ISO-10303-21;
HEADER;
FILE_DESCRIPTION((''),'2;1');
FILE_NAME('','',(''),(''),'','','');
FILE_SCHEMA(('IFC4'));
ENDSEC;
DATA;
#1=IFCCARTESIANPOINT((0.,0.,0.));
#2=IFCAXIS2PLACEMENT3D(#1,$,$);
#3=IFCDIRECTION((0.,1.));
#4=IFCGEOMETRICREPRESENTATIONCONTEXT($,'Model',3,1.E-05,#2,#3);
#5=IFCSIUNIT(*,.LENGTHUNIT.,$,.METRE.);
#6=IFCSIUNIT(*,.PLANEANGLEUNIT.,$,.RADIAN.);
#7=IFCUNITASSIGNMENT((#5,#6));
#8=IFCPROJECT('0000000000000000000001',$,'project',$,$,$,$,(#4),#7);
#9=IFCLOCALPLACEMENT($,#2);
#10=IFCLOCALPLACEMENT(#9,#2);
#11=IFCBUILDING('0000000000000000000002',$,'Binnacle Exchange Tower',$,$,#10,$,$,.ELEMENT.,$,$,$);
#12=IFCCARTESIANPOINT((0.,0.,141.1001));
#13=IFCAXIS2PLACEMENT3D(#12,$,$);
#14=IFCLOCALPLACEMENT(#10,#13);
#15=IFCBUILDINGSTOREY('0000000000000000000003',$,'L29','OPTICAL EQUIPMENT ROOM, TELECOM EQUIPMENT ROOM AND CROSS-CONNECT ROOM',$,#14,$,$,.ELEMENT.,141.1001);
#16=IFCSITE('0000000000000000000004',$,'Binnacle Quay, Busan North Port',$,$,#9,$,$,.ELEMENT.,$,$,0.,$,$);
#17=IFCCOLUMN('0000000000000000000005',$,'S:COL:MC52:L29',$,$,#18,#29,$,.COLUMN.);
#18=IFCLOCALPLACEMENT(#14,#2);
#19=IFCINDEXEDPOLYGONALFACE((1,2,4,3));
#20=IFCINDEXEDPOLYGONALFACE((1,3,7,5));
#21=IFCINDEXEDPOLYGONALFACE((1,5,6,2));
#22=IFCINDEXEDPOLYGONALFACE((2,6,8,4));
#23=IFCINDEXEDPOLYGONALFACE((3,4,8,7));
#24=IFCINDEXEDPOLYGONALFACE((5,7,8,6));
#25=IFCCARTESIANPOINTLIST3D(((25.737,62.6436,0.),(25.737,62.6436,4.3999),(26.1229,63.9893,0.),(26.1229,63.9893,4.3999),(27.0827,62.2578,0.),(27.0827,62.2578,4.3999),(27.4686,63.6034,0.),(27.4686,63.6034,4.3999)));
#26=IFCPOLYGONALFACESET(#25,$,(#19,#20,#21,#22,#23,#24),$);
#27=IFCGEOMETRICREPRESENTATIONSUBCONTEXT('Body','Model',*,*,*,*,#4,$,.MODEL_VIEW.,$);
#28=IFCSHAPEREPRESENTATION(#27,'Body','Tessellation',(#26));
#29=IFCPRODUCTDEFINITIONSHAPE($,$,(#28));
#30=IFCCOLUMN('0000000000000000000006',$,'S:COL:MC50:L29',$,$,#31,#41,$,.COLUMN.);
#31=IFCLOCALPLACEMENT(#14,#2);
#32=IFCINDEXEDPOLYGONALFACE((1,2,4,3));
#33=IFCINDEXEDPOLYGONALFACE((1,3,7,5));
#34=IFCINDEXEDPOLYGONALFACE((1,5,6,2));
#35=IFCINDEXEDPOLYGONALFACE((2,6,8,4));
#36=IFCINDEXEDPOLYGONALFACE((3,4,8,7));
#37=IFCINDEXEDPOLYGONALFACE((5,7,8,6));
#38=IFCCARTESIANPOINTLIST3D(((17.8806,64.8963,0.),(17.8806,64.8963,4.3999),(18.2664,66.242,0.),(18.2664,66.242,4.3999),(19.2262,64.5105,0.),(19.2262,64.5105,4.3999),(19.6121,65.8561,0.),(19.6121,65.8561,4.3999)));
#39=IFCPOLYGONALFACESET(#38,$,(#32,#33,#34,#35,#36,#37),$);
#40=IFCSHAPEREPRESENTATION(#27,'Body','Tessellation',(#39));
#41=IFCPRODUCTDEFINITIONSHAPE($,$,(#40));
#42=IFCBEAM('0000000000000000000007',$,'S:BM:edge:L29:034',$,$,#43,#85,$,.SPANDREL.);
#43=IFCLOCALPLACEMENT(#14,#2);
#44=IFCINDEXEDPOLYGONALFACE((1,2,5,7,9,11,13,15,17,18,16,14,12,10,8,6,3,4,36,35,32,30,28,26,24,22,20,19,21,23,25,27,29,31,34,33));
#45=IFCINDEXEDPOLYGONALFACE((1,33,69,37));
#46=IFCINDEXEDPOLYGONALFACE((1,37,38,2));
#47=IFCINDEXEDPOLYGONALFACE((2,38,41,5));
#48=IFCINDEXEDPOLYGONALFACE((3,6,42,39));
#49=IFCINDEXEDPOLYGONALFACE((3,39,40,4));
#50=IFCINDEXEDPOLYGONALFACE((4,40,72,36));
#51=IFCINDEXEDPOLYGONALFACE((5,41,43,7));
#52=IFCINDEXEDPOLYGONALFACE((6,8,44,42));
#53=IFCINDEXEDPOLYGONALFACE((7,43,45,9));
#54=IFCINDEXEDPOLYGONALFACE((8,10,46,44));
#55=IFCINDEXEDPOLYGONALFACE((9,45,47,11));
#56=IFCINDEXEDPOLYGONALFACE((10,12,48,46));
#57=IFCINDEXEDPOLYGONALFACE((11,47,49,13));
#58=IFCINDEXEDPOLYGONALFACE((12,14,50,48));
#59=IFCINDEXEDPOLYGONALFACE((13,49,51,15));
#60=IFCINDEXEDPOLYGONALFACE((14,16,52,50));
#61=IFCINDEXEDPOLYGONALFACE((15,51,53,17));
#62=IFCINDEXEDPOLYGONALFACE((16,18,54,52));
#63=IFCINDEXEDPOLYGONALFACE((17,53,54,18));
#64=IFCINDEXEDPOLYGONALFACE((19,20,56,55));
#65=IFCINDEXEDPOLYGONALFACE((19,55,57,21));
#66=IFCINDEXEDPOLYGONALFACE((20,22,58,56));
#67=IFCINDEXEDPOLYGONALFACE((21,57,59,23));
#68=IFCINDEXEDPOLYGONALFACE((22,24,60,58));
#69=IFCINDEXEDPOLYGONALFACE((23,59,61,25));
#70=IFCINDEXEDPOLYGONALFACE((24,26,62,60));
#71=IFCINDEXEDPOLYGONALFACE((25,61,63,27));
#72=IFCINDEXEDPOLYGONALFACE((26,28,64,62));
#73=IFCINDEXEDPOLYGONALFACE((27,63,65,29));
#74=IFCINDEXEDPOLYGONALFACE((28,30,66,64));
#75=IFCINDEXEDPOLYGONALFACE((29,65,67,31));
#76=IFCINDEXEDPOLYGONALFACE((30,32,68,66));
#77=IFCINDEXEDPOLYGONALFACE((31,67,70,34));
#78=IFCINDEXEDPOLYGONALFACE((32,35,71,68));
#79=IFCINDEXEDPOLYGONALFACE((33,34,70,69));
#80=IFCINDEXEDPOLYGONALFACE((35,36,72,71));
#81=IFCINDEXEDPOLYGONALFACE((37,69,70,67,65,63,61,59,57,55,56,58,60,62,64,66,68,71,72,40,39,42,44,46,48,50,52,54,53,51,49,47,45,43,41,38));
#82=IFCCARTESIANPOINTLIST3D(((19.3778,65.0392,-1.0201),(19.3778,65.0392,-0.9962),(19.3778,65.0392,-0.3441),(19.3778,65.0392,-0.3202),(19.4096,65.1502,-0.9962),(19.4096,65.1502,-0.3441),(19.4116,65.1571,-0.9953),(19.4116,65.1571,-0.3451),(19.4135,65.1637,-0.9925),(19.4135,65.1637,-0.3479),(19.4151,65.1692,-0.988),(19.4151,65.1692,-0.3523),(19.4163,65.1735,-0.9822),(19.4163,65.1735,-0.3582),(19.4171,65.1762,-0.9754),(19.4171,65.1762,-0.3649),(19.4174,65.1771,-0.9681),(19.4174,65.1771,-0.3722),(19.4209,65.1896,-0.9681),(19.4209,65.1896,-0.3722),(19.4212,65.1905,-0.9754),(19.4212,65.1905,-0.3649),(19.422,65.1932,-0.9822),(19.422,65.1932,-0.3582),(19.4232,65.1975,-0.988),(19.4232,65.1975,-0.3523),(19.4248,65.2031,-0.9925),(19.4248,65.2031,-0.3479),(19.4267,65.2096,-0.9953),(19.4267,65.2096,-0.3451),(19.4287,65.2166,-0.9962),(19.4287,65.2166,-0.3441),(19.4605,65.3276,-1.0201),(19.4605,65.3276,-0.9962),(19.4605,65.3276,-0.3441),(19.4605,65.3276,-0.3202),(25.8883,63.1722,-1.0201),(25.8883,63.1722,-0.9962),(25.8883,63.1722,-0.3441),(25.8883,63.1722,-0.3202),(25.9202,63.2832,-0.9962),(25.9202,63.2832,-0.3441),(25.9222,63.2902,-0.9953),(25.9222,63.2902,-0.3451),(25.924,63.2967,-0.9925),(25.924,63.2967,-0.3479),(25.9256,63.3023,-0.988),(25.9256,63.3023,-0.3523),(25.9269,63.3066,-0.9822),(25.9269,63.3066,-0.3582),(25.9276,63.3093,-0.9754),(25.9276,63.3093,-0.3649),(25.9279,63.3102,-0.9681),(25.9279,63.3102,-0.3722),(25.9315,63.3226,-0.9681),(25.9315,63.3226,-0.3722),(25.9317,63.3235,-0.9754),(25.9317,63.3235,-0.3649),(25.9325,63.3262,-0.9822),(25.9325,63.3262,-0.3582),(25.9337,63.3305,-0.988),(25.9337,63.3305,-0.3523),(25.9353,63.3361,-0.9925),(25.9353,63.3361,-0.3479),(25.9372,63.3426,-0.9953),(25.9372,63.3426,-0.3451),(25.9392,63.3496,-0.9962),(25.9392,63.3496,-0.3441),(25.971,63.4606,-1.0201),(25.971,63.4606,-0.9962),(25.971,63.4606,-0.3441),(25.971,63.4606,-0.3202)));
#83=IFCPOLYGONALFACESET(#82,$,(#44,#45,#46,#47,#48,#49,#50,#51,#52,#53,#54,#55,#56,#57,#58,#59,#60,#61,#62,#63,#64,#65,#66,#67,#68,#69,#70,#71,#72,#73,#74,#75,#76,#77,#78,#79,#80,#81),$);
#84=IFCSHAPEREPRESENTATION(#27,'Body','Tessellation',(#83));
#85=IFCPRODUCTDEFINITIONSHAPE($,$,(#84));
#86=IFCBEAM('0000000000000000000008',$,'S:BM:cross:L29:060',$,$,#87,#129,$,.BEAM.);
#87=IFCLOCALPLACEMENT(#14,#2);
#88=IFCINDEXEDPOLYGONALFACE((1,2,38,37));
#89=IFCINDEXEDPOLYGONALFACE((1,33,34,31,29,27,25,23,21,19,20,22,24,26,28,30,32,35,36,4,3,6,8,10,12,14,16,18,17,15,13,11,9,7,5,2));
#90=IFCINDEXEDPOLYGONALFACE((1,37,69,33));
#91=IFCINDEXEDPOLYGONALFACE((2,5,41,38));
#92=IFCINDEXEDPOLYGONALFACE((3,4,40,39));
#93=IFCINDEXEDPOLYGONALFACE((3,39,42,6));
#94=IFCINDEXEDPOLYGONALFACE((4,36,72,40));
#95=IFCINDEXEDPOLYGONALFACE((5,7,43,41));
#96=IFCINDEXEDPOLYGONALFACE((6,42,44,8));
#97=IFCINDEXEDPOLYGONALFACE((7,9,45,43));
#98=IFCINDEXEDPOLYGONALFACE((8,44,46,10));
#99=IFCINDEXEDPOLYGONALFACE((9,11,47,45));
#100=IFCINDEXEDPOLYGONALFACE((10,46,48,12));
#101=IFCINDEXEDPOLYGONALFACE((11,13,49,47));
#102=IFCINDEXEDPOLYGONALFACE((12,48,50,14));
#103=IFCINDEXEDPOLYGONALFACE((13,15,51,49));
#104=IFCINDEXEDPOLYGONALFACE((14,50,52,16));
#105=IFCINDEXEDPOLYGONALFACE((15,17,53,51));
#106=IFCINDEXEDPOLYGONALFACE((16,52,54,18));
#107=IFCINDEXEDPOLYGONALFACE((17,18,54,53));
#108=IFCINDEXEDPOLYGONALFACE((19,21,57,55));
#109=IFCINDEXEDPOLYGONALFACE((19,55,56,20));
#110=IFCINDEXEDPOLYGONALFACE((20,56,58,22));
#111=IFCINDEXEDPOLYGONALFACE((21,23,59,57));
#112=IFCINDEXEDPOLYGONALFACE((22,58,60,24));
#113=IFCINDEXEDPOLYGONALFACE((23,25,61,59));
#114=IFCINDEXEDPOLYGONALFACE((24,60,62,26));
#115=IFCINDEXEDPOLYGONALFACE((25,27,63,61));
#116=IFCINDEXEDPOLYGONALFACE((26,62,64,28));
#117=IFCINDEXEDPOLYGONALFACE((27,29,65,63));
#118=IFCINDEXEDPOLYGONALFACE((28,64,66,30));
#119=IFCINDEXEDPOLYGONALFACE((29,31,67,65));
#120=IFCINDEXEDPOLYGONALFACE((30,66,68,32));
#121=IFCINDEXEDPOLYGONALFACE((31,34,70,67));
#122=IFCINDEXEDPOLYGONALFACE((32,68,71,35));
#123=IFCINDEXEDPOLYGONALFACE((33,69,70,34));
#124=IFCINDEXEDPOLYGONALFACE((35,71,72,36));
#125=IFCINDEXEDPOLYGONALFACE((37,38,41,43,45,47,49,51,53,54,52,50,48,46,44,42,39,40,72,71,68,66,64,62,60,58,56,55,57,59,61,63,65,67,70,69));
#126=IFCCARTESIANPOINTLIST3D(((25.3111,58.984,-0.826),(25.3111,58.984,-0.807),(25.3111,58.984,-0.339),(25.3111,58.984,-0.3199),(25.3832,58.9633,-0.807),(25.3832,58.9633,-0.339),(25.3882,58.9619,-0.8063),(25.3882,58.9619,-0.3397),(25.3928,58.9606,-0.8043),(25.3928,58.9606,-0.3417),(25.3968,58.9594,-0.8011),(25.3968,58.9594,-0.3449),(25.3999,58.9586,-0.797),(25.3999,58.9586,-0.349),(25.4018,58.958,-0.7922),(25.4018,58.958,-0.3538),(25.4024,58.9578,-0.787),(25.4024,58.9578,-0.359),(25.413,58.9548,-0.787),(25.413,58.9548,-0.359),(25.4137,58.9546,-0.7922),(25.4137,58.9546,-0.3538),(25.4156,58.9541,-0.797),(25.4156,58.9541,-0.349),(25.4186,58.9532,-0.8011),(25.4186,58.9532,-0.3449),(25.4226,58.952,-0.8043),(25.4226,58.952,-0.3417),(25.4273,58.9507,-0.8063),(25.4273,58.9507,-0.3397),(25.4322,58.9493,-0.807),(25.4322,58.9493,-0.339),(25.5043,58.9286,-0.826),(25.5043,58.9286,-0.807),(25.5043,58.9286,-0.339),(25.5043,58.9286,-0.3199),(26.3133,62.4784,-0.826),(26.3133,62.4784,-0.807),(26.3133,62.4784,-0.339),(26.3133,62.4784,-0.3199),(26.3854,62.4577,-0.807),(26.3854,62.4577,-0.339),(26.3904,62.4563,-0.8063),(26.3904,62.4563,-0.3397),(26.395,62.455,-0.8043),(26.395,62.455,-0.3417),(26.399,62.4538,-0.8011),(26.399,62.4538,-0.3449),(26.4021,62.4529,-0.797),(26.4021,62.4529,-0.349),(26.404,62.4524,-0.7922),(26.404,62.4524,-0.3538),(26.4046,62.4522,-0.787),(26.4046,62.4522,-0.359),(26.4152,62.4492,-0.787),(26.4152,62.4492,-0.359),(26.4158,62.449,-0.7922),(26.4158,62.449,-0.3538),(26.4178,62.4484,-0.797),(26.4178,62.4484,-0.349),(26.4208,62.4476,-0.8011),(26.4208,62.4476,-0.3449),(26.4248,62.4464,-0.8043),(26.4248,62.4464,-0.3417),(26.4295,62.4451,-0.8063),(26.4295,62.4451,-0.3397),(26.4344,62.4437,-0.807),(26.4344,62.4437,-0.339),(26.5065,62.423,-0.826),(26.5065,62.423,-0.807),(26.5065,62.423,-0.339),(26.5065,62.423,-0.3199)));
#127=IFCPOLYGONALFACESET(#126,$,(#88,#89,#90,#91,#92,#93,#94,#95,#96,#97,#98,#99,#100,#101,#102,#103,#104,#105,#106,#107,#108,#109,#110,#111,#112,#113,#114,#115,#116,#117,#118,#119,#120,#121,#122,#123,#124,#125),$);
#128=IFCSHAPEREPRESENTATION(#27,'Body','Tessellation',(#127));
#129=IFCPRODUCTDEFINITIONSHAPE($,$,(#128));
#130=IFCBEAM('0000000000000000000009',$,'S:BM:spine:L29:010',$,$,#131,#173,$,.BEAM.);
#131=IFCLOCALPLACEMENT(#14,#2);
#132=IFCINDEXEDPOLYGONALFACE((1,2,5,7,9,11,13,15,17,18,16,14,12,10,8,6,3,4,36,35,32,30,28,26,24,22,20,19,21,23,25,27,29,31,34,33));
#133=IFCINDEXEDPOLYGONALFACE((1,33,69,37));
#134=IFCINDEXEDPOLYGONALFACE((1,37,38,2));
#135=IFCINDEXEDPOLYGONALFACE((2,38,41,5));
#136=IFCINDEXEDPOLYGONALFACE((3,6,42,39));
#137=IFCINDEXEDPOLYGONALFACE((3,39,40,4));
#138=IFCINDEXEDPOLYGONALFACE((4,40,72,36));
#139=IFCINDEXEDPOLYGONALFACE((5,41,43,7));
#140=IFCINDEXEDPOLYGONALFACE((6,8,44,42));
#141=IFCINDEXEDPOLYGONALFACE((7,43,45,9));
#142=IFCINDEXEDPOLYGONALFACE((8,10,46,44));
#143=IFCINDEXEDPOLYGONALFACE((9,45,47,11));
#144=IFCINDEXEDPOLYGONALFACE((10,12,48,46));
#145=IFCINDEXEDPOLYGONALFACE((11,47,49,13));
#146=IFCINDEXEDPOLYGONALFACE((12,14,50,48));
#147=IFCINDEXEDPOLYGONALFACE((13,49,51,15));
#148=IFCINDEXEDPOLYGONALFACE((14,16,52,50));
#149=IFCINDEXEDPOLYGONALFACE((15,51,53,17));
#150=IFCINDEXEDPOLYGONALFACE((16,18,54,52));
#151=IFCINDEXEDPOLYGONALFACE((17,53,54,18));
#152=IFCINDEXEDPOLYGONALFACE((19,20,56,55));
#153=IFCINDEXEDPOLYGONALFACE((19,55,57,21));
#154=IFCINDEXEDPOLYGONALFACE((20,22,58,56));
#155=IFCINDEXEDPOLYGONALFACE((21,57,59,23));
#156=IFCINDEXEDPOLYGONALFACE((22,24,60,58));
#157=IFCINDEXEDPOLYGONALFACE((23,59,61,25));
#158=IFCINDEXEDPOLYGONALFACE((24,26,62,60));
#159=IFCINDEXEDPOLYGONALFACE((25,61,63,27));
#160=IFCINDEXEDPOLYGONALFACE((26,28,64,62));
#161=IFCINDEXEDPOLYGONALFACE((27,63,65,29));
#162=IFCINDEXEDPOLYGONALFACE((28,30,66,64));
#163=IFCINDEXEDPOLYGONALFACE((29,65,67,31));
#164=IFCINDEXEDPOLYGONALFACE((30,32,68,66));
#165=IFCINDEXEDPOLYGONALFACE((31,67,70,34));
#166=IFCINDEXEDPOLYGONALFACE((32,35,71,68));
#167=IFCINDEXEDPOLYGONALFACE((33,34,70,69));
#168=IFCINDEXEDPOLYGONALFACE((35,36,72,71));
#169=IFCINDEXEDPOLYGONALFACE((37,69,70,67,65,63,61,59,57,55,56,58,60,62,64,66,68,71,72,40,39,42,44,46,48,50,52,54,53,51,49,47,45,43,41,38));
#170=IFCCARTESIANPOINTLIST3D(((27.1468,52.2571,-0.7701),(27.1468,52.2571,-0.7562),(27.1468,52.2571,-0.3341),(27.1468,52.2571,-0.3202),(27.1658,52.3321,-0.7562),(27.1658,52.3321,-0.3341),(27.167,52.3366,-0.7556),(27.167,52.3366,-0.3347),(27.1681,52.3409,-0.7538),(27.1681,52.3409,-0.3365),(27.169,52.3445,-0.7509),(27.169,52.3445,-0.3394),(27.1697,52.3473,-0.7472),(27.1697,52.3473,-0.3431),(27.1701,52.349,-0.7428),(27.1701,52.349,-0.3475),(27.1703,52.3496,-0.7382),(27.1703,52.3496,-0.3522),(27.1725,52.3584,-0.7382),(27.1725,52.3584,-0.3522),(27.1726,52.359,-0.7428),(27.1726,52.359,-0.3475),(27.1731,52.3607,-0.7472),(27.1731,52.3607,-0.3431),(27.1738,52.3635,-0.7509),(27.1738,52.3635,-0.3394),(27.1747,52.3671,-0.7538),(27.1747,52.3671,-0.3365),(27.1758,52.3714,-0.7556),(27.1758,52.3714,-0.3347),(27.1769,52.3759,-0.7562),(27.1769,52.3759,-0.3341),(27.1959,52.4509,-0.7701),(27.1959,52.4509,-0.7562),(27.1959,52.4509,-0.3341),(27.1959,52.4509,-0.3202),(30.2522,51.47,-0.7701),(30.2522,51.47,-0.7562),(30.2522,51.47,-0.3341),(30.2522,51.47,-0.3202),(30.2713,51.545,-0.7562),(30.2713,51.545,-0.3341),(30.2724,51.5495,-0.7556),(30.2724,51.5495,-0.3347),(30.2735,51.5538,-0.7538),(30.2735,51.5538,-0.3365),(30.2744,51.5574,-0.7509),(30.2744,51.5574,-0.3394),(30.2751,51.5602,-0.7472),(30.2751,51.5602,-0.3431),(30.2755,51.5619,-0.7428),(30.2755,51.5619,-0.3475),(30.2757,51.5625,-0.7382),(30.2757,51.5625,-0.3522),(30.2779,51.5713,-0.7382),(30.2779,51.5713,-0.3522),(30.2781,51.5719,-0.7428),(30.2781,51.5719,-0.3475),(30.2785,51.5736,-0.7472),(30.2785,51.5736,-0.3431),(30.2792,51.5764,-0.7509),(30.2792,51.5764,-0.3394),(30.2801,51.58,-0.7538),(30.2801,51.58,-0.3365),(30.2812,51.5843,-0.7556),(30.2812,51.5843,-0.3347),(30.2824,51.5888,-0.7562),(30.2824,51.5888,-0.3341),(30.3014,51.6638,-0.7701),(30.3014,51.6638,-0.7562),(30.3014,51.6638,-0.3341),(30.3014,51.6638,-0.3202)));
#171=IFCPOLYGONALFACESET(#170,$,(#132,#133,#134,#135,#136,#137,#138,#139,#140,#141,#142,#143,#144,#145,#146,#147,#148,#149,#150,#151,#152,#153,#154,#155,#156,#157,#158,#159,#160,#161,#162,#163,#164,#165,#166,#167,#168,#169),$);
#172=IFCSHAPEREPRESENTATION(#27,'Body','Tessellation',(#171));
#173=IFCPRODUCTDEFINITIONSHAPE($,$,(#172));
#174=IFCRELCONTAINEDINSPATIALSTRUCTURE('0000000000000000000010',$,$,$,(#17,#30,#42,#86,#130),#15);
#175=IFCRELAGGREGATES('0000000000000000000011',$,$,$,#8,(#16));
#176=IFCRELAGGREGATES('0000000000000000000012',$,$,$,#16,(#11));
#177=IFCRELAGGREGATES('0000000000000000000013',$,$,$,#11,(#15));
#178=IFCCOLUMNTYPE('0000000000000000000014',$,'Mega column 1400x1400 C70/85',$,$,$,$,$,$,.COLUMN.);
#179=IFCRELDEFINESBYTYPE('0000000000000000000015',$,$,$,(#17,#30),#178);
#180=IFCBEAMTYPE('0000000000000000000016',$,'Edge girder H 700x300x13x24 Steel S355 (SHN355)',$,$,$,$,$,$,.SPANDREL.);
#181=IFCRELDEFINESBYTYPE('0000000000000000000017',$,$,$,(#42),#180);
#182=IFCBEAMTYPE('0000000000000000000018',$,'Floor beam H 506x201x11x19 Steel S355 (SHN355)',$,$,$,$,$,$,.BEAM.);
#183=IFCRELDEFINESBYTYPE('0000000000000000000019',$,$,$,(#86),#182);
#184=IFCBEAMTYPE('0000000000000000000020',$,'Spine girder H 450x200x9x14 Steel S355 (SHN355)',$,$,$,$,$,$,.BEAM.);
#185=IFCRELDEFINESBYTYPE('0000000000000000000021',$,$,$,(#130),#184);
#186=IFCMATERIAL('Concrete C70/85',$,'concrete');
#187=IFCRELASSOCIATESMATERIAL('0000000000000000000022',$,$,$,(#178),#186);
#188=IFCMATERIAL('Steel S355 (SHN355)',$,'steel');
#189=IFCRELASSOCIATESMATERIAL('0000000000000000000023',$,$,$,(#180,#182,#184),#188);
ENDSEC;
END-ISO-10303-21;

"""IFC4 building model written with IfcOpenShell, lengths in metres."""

from ifc_helpers import new_model, si_unit, direction, frame, origin, origin_2d, place, context, subcontext, project, spatial, rectangle, i_section, extrude, material, material_profile, profile_set, type_object, element, save


model = new_model("IFC4")

# Units and contexts
model_context = context("Model", 3, precision=1e-05, world=origin(), true_north=direction((0.0, 1.0)))
body_context = subcontext(model_context, "Body", "Model", "MODEL_VIEW")
ifc_project = project(units=[si_unit("LENGTHUNIT", "METRE"), si_unit("PLANEANGLEUNIT", "RADIAN")], contexts=[model_context])

# Site, building, storey
site_placement = place(None, origin())
site = spatial("IfcSite", under=ifc_project, at=site_placement, Name="Binnacle Quay, Busan North Port", CompositionType="ELEMENT", RefElevation=0.0)
building_placement = place(site_placement, origin())
building = spatial("IfcBuilding", under=site, at=building_placement, Name="Binnacle Exchange Tower", CompositionType="ELEMENT")
storey_placement = place(building_placement, frame((0.0, 0.0, 141.1001)))
storey = spatial("IfcBuildingStorey", under=building, at=storey_placement, Name="L29", Description="OPTICAL EQUIPMENT ROOM, TELECOM EQUIPMENT ROOM AND CROSS-CONNECT ROOM", CompositionType="ELEMENT", Elevation=141.1001)

# Columns
ifc_material_1 = material(Name="Concrete C70/85", Category="concrete")
ifc_material_profile_1 = material_profile(ifc_material_1, rectangle(XDim=1.3999, YDim=1.3999, at=origin_2d()), Name="Mega column 1400x1400 C70/85")
ifc_profile_set_1 = profile_set([ifc_material_profile_1], Name="Concrete C70/85")
column_type = type_object("IfcColumnType", Name="Mega column 1400x1400 C70/85", PredefinedType="COLUMN", material=ifc_profile_set_1)
for number, where, z_axis, x_axis, name in (
    (1, (26.6028, 63.1235, 0.0), (0.0, 0.0, 1.0), (-0.961262, 0.275637, 0.0), "S:COL:MC52:L29"),
    (2, (18.7463, 65.3762, 0.0), (0.0, 0.0, 1.0), (-0.961262, 0.275637, 0.0), "S:COL:MC50:L29"),
):
    element("IfcColumn", number, at=place(storey_placement, frame(where, z_axis=z_axis, x_axis=x_axis)), inside=storey, type_object=column_type, Name=name, PredefinedType="COLUMN", context=body_context, shape_type="SweptSolid", body=[
        extrude(rectangle(XDim=1.3999, YDim=1.3999, at=origin_2d()), origin(), (0.0, 0.0, 1.0), 4.3999),
    ])

# Beams
ifc_material_2 = material(Name="Steel S355 (SHN355)", Category="steel")
ifc_material_profile_2 = material_profile(ifc_material_2, i_section(OverallWidth=0.3, OverallDepth=0.7, WebThickness=0.0129, FlangeThickness=0.0239, FilletRadius=0.0281, at=origin_2d()), Name="H 700x300x13x24")
ifc_profile_set_2 = profile_set([ifc_material_profile_2], Name="Steel S355 (SHN355)")
beam_type_1 = type_object("IfcBeamType", Name="Edge girder H 700x300x13x24 Steel S355 (SHN355)", PredefinedType="SPANDREL", material=ifc_profile_set_2)
beam_1_placement = place(storey_placement, frame((25.9297, 63.3164, -0.6702), z_axis=(-0.961258, 0.275649, 0.0), x_axis=(-0.275649, -0.961258, 0.0)))
element("IfcBeam", 3, at=beam_1_placement, inside=storey, type_object=beam_type_1, Name="S:BM:edge:L29:034", PredefinedType="SPANDREL", context=body_context, shape_type="SweptSolid", body=[
    extrude(i_section(OverallWidth=0.3, OverallDepth=0.7, WebThickness=0.0129, FlangeThickness=0.0239, FilletRadius=0.0281, at=origin_2d()), origin(), (0.0, 0.0, 1.0), 6.7729),
])
ifc_material_profile_3 = material_profile(ifc_material_2, i_section(OverallWidth=0.2009, OverallDepth=0.5061, WebThickness=0.011, FlangeThickness=0.019, FilletRadius=0.02, at=origin_2d()), Name="H 506x201x11x19")
ifc_profile_set_3 = profile_set([ifc_material_profile_3], Name="Steel S355 (SHN355)")
beam_type_2 = type_object("IfcBeamType", Name="Floor beam H 506x201x11x19 Steel S355 (SHN355)", PredefinedType="BEAM", material=ifc_profile_set_3)
beam_2_placement = place(storey_placement, frame((26.4099, 62.4507, -0.573), z_axis=(-0.275688, -0.961247, 0.0), x_axis=(0.961247, -0.275688, 0.0)))
element("IfcBeam", 4, at=beam_2_placement, inside=storey, type_object=beam_type_2, Name="S:BM:cross:L29:060", PredefinedType="BEAM", context=body_context, shape_type="SweptSolid", body=[
    extrude(i_section(OverallWidth=0.2009, OverallDepth=0.5061, WebThickness=0.011, FlangeThickness=0.019, FilletRadius=0.02, at=origin_2d()), origin(), (0.0, 0.0, 1.0), 3.6353),
])
ifc_material_profile_4 = material_profile(ifc_material_2, i_section(OverallWidth=0.2, OverallDepth=0.45, WebThickness=0.009, FlangeThickness=0.0139, FilletRadius=0.0181, at=origin_2d()), Name="H 450x200x9x14")
ifc_profile_set_4 = profile_set([ifc_material_profile_4], Name="Steel S355 (SHN355)")
beam_type_3 = type_object("IfcBeamType", Name="Spine girder H 450x200x9x14 Steel S355 (SHN355)", PredefinedType="BEAM", material=ifc_profile_set_4)
beam_3_placement = place(storey_placement, frame((27.1714, 52.354, -0.5452), z_axis=(0.969348, -0.24569, 0.0), x_axis=(0.24569, 0.969348, 0.0)))
element("IfcBeam", 5, at=beam_3_placement, inside=storey, type_object=beam_type_3, Name="S:BM:spine:L29:010", PredefinedType="BEAM", context=body_context, shape_type="SweptSolid", body=[
    extrude(i_section(OverallWidth=0.2, OverallDepth=0.45, WebThickness=0.009, FlangeThickness=0.0139, FilletRadius=0.0181, at=origin_2d()), origin(), (0.0, 0.0, 1.0), 3.2036),
])

save(model, "model.ifc")
